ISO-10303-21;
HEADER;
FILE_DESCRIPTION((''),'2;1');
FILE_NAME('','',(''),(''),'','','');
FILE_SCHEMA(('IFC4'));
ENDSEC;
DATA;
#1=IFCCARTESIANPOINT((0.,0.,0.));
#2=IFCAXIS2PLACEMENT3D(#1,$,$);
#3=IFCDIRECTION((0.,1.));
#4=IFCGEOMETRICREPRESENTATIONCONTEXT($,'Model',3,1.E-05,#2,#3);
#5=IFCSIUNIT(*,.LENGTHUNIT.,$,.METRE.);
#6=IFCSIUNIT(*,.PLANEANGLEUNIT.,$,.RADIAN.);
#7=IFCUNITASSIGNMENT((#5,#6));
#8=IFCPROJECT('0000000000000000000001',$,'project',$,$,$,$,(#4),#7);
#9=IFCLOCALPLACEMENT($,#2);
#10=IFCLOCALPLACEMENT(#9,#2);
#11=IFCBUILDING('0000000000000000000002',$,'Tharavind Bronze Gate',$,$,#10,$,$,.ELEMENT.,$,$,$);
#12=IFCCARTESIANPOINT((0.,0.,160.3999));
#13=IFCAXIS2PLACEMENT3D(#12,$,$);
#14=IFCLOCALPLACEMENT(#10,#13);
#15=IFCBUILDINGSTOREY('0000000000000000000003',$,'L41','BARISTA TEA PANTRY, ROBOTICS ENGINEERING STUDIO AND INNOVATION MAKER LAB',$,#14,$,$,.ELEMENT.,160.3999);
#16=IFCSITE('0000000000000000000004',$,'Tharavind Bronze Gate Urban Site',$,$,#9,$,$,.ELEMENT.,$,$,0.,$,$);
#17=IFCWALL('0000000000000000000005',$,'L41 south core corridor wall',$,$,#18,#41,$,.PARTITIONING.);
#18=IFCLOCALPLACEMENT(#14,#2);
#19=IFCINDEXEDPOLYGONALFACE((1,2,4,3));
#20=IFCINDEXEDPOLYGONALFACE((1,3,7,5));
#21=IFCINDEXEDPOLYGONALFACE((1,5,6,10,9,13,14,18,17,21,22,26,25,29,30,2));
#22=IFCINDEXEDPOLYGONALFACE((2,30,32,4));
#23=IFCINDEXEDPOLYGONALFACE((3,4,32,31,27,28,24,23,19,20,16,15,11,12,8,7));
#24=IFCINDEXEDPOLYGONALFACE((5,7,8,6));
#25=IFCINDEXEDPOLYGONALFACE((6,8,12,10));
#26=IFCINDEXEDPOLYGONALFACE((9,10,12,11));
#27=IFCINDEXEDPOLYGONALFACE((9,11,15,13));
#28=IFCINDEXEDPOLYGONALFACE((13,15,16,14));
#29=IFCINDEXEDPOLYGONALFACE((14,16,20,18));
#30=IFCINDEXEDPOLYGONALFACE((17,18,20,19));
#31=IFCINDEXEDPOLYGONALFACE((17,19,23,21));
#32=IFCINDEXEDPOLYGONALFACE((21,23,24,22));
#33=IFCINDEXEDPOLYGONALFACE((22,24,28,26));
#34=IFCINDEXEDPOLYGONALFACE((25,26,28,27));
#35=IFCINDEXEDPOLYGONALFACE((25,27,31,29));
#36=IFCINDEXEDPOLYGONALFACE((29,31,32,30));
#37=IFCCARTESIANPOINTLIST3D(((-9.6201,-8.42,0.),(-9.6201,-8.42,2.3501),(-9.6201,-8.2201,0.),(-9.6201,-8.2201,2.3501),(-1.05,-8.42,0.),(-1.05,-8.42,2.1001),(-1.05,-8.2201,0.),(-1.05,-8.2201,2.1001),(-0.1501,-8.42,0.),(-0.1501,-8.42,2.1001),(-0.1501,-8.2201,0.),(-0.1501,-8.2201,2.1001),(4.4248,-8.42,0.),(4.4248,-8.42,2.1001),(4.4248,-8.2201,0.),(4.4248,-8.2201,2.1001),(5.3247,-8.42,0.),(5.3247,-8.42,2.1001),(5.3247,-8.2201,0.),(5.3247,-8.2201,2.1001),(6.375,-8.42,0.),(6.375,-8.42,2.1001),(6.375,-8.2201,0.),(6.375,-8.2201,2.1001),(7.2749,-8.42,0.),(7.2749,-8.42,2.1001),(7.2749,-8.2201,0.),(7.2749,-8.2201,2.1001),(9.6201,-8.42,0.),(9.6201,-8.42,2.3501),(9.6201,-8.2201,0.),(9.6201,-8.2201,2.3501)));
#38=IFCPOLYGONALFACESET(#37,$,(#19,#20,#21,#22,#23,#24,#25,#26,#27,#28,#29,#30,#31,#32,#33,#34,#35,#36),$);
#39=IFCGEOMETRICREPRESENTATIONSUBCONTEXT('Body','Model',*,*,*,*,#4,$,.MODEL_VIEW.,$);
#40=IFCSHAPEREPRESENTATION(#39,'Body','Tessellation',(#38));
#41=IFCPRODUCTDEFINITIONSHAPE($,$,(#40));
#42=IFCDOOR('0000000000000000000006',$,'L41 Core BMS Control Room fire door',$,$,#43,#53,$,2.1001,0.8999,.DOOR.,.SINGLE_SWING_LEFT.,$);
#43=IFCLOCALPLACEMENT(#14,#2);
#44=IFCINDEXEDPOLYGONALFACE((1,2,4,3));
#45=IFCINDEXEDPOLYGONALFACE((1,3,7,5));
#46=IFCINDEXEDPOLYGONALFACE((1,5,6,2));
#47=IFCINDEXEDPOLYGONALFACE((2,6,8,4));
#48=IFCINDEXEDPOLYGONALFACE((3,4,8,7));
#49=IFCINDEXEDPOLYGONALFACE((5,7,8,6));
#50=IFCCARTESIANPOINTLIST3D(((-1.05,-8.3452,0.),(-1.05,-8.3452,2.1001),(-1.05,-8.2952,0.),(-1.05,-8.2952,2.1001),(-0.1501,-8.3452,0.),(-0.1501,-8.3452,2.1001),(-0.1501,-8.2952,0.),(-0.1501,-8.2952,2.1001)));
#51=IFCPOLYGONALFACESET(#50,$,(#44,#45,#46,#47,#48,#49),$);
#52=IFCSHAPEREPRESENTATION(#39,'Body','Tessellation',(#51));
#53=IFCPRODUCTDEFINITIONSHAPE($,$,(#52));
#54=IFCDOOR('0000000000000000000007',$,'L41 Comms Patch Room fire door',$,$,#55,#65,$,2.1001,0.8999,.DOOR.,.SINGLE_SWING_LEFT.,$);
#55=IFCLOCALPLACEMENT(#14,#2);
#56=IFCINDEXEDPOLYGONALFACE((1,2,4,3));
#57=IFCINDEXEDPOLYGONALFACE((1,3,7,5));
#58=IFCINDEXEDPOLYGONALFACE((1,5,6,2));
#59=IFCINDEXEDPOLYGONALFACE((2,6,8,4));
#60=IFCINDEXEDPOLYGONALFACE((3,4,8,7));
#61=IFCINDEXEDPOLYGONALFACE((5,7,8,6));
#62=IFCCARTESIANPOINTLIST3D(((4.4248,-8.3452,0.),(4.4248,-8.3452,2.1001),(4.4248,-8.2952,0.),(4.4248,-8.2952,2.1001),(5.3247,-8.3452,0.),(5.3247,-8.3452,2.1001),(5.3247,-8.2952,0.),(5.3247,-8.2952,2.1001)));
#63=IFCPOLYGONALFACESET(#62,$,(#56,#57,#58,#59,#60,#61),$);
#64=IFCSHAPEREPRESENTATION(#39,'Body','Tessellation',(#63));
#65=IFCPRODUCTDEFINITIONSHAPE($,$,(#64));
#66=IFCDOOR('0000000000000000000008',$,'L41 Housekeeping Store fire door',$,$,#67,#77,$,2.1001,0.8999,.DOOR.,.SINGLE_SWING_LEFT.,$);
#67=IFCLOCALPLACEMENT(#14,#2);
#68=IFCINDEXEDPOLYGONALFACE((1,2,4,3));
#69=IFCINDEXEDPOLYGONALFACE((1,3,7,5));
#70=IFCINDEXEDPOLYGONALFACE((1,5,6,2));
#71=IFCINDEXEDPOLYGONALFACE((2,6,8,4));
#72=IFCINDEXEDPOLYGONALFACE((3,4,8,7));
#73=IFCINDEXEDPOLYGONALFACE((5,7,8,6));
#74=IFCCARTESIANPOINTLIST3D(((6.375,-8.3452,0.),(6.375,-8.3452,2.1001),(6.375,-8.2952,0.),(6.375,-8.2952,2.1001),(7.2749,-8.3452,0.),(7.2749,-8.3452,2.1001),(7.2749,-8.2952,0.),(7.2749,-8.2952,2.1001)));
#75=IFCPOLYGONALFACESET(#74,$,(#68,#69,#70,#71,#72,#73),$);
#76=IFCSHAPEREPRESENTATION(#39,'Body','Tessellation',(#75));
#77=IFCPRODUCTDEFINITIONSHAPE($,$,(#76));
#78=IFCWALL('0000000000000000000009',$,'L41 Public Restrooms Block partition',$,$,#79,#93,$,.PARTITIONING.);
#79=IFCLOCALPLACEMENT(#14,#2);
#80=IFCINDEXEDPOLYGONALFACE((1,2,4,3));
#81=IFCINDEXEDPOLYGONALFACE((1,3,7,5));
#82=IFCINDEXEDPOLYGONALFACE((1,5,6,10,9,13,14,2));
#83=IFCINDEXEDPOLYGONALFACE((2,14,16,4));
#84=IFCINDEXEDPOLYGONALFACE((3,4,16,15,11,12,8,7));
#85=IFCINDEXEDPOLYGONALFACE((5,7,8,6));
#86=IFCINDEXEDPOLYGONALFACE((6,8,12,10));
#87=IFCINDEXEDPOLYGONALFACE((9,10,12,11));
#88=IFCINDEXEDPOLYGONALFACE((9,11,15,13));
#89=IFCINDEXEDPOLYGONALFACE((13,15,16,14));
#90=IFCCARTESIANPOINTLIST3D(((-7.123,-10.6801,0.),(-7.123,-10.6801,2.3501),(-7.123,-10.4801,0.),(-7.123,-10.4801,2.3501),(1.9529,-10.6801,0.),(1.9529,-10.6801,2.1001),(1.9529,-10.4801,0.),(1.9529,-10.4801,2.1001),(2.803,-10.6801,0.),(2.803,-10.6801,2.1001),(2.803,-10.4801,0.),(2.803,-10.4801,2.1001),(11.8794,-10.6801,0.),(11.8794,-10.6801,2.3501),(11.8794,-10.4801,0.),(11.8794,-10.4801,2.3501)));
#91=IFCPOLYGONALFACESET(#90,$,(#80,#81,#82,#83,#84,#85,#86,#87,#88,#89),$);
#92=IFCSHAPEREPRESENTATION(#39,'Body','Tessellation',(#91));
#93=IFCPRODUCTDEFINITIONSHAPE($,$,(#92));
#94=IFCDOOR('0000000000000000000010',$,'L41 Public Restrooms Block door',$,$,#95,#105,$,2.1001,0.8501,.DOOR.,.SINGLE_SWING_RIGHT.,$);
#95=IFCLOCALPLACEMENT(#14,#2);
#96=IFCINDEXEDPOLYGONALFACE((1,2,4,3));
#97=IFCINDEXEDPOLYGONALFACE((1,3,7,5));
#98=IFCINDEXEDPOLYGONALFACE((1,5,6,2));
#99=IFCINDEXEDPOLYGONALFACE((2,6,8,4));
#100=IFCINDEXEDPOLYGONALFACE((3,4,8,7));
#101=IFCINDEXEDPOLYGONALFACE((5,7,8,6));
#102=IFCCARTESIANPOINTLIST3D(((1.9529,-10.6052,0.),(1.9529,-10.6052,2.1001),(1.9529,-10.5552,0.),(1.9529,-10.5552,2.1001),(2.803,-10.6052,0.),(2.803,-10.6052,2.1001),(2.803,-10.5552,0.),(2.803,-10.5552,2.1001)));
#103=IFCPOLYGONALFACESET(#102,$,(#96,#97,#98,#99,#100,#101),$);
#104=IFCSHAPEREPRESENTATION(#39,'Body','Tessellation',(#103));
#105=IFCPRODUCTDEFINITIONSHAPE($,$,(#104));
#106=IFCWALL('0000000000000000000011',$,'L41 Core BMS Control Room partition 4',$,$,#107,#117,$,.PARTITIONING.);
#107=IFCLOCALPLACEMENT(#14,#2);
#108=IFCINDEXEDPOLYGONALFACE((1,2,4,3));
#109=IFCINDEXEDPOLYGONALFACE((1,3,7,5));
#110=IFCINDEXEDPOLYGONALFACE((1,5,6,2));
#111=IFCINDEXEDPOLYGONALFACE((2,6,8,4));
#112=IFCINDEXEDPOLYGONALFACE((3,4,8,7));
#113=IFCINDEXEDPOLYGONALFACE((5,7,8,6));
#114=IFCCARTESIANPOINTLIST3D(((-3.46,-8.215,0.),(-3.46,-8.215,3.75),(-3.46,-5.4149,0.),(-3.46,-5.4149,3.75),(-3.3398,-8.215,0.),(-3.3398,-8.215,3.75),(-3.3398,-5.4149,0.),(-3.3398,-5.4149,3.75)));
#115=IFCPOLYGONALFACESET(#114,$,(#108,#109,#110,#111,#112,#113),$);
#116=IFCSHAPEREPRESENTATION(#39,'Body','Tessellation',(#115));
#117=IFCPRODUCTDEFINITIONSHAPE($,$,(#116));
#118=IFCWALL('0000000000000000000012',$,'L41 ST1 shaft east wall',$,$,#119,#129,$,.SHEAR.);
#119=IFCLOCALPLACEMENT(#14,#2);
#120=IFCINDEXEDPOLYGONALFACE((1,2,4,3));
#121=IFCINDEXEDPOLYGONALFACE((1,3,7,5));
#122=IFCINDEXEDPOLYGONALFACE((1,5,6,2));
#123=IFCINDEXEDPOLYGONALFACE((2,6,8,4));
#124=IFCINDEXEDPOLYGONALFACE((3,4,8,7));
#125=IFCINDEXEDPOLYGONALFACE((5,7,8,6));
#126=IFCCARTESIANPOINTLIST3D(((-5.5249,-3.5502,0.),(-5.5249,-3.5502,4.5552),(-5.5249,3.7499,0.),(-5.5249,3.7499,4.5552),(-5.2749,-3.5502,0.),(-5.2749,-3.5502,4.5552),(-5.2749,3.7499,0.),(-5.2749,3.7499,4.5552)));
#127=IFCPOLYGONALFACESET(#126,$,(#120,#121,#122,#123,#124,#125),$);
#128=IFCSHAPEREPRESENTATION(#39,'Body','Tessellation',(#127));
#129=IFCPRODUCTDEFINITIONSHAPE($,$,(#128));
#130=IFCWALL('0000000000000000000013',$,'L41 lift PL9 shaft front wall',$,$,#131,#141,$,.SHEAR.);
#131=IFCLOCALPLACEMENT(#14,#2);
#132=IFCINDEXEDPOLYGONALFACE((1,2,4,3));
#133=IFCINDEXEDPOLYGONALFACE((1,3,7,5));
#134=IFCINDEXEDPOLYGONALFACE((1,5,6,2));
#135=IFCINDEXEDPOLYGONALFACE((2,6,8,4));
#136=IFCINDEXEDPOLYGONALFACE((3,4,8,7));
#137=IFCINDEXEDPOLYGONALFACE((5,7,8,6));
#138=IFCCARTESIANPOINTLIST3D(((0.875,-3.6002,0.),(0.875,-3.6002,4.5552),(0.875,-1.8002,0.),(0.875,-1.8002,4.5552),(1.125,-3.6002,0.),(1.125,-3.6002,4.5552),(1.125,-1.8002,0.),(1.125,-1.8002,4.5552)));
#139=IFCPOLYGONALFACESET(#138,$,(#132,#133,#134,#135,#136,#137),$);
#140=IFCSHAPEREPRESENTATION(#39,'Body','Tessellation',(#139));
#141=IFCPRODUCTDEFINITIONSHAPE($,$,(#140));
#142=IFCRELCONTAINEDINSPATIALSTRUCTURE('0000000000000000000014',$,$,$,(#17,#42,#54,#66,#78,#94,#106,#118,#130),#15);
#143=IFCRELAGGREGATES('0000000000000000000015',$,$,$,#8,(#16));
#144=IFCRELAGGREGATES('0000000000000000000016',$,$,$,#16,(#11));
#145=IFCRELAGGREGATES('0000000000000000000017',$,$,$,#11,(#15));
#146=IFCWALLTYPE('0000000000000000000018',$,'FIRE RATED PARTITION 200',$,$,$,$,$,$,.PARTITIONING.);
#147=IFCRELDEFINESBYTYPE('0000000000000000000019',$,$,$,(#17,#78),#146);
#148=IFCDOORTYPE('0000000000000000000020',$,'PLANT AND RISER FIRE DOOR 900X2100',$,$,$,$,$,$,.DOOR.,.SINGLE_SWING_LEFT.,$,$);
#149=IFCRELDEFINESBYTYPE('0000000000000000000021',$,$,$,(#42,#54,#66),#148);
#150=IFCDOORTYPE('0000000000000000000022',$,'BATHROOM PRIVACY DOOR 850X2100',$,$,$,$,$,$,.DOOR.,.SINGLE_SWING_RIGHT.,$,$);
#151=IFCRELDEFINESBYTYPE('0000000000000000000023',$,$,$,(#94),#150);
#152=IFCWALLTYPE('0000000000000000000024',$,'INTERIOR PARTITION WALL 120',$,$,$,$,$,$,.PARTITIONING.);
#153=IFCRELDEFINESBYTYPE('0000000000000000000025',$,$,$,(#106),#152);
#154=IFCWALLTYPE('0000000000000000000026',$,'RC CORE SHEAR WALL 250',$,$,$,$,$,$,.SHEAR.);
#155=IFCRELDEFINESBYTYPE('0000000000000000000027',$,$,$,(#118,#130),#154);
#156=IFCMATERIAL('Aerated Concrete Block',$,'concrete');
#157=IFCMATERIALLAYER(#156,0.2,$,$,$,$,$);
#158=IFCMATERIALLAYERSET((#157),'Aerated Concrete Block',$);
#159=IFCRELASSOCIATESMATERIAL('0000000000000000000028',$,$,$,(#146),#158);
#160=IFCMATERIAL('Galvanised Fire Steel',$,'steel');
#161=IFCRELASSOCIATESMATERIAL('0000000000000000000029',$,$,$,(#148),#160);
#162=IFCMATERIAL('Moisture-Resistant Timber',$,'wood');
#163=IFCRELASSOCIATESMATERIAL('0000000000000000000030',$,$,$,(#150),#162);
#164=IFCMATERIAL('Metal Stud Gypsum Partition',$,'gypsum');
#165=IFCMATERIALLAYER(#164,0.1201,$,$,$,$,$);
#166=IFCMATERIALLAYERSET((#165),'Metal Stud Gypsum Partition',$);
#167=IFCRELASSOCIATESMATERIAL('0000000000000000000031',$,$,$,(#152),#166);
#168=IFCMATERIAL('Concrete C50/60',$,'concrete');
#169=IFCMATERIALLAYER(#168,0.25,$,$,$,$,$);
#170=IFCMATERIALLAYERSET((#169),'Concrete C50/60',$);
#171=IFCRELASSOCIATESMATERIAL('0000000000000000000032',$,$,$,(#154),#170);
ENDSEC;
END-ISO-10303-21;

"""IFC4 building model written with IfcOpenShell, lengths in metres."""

from ifc_helpers import new_model, si_unit, direction, frame, frame_2d, origin, place, context, subcontext, project, spatial, rectangle, extrude, material, layer, layer_set, type_object, element, fill, save


model = new_model("IFC4")

# Units and contexts
model_context = context("Model", 3, precision=1e-05, world=origin(), true_north=direction((0.0, 1.0)))
body_context = subcontext(model_context, "Body", "Model", "MODEL_VIEW")
ifc_project = project(units=[si_unit("LENGTHUNIT", "METRE"), si_unit("PLANEANGLEUNIT", "RADIAN")], contexts=[model_context])

# Site, building, storey
site_placement = place(None, origin())
site = spatial("IfcSite", under=ifc_project, at=site_placement, Name="Tharavind Bronze Gate Urban Site", CompositionType="ELEMENT", RefElevation=0.0)
building_placement = place(site_placement, origin())
building = spatial("IfcBuilding", under=site, at=building_placement, Name="Tharavind Bronze Gate", CompositionType="ELEMENT")
storey_placement = place(building_placement, frame((0.0, 0.0, 160.3999)))
storey = spatial("IfcBuildingStorey", under=building, at=storey_placement, Name="L41", Description="BARISTA TEA PANTRY, ROBOTICS ENGINEERING STUDIO AND INNOVATION MAKER LAB", CompositionType="ELEMENT", Elevation=160.3999)

# Wall, openings, doors
ifc_material_1 = material(Name="Aerated Concrete Block", Category="concrete")
ifc_layer_1 = layer(ifc_material_1, 0.2)
ifc_layer_set_1 = layer_set([ifc_layer_1], Name="Aerated Concrete Block")
wall_type_1 = type_object("IfcWallType", Name="FIRE RATED PARTITION 200", PredefinedType="PARTITIONING", material=ifc_layer_set_1)
wall_1_placement = place(storey_placement, frame((-9.6201, -8.3201, 0.0), z_axis=(0.0, 0.0, 1.0), x_axis=(1.0, 0.0, 0.0)))
wall_1 = element("IfcWall", 1, at=wall_1_placement, inside=storey, type_object=wall_type_1, Name="L41 south core corridor wall", PredefinedType="PARTITIONING", context=body_context, shape_type="SweptSolid", body=[
    extrude(rectangle(XDim=19.2402, YDim=0.2, at=frame_2d((9.6201, 0.0))), origin(), (0.0, 0.0, 1.0), 2.3501),
])
opening_1_placement = place(wall_1_placement, frame((8.5701, 0.0, 0.0)))
opening_1 = element("IfcOpeningElement", 2, at=opening_1_placement, cuts=wall_1, PredefinedType="OPENING", context=body_context, shape_type="SweptSolid", body=[
    extrude(rectangle(XDim=0.8999, YDim=2.1001, at=frame_2d((0.45, 1.05))), frame((0.0, 0.1101, 0.0), z_axis=(0.0, -1.0, 0.0), x_axis=(1.0, 0.0, 0.0)), (0.0, 0.0, 1.0), 0.22),
])
opening_2_placement = place(wall_1_placement, frame((14.0449, 0.0, 0.0)))
opening_2 = element("IfcOpeningElement", 3, at=opening_2_placement, cuts=wall_1, PredefinedType="OPENING", context=body_context, shape_type="SweptSolid", body=[
    extrude(rectangle(XDim=0.8999, YDim=2.1001, at=frame_2d((0.45, 1.05))), frame((0.0, 0.1101, 0.0), z_axis=(0.0, -1.0, 0.0), x_axis=(1.0, 0.0, 0.0)), (0.0, 0.0, 1.0), 0.22),
])
opening_3_placement = place(wall_1_placement, frame((15.9951, 0.0, 0.0)))
opening_3 = element("IfcOpeningElement", 4, at=opening_3_placement, cuts=wall_1, PredefinedType="OPENING", context=body_context, shape_type="SweptSolid", body=[
    extrude(rectangle(XDim=0.8999, YDim=2.1001, at=frame_2d((0.45, 1.05))), frame((0.0, 0.1101, 0.0), z_axis=(0.0, -1.0, 0.0), x_axis=(1.0, 0.0, 0.0)), (0.0, 0.0, 1.0), 0.22),
])
ifc_material_2 = material(Name="Galvanised Fire Steel", Category="steel")
door_type_1 = type_object("IfcDoorType", Name="PLANT AND RISER FIRE DOOR 900X2100", OperationType="SINGLE_SWING_LEFT", PredefinedType="DOOR", material=ifc_material_2)
door_1_placement = place(opening_1_placement, origin())
door_1 = element("IfcDoor", 5, at=door_1_placement, inside=storey, type_object=door_type_1, Name="L41 Core BMS Control Room fire door", OperationType="SINGLE_SWING_LEFT", OverallHeight=2.1001, OverallWidth=0.8999, PredefinedType="DOOR", context=body_context, shape_type="SweptSolid", body=[
    extrude(rectangle(XDim=0.8999, YDim=2.1001, at=frame_2d((0.45, 1.05))), frame((0.0, 0.0249, 0.0), z_axis=(0.0, -1.0, 0.0), x_axis=(1.0, 0.0, 0.0)), (0.0, 0.0, 1.0), 0.05),
])
fill(opening_1, door_1)
door_2_placement = place(opening_2_placement, origin())
door_2 = element("IfcDoor", 6, at=door_2_placement, inside=storey, type_object=door_type_1, Name="L41 Comms Patch Room fire door", OperationType="SINGLE_SWING_LEFT", OverallHeight=2.1001, OverallWidth=0.8999, PredefinedType="DOOR", context=body_context, shape_type="SweptSolid", body=[
    extrude(rectangle(XDim=0.8999, YDim=2.1001, at=frame_2d((0.45, 1.05))), frame((0.0, 0.0249, 0.0), z_axis=(0.0, -1.0, 0.0), x_axis=(1.0, 0.0, 0.0)), (0.0, 0.0, 1.0), 0.05),
])
fill(opening_2, door_2)
door_3_placement = place(opening_3_placement, origin())
door_3 = element("IfcDoor", 7, at=door_3_placement, inside=storey, type_object=door_type_1, Name="L41 Housekeeping Store fire door", OperationType="SINGLE_SWING_LEFT", OverallHeight=2.1001, OverallWidth=0.8999, PredefinedType="DOOR", context=body_context, shape_type="SweptSolid", body=[
    extrude(rectangle(XDim=0.8999, YDim=2.1001, at=frame_2d((0.45, 1.05))), frame((0.0, 0.0249, 0.0), z_axis=(0.0, -1.0, 0.0), x_axis=(1.0, 0.0, 0.0)), (0.0, 0.0, 1.0), 0.05),
])
fill(opening_3, door_3)

# Wall, opening, door
wall_2_placement = place(storey_placement, frame((-7.123, -10.5801, 0.0), z_axis=(0.0, 0.0, 1.0), x_axis=(1.0, 0.0, 0.0)))
wall_2 = element("IfcWall", 8, at=wall_2_placement, inside=storey, type_object=wall_type_1, Name="L41 Public Restrooms Block partition", PredefinedType="PARTITIONING", context=body_context, shape_type="SweptSolid", body=[
    extrude(rectangle(XDim=19.0024, YDim=0.2, at=frame_2d((9.5012, 0.0))), origin(), (0.0, 0.0, 1.0), 2.3501),
])
opening_4_placement = place(wall_2_placement, frame((9.0759, 0.0, 0.0)))
opening_4 = element("IfcOpeningElement", 9, at=opening_4_placement, cuts=wall_2, PredefinedType="OPENING", context=body_context, shape_type="SweptSolid", body=[
    extrude(rectangle(XDim=0.8501, YDim=2.1001, at=frame_2d((0.425, 1.05))), frame((0.0, 0.1101, 0.0), z_axis=(0.0, -1.0, 0.0), x_axis=(1.0, 0.0, 0.0)), (0.0, 0.0, 1.0), 0.22),
])
ifc_material_3 = material(Name="Moisture-Resistant Timber", Category="wood")
door_type_2 = type_object("IfcDoorType", Name="BATHROOM PRIVACY DOOR 850X2100", OperationType="SINGLE_SWING_RIGHT", PredefinedType="DOOR", material=ifc_material_3)
door_4_placement = place(opening_4_placement, origin())
door_4 = element("IfcDoor", 10, at=door_4_placement, inside=storey, type_object=door_type_2, Name="L41 Public Restrooms Block door", OperationType="SINGLE_SWING_RIGHT", OverallHeight=2.1001, OverallWidth=0.8501, PredefinedType="DOOR", context=body_context, shape_type="SweptSolid", body=[
    extrude(rectangle(XDim=0.8501, YDim=2.1001, at=frame_2d((0.425, 1.05))), frame((0.0, 0.0249, 0.0), z_axis=(0.0, -1.0, 0.0), x_axis=(1.0, 0.0, 0.0)), (0.0, 0.0, 1.0), 0.05),
])
fill(opening_4, door_4)

# Walls
ifc_material_4 = material(Name="Metal Stud Gypsum Partition", Category="gypsum")
ifc_layer_2 = layer(ifc_material_4, 0.1201)
ifc_layer_set_2 = layer_set([ifc_layer_2], Name="Metal Stud Gypsum Partition")
wall_type_2 = type_object("IfcWallType", Name="INTERIOR PARTITION WALL 120", PredefinedType="PARTITIONING", material=ifc_layer_set_2)
wall_3_placement = place(storey_placement, frame((-3.3999, -5.415, 0.0), z_axis=(0.0, 0.0, 1.0), x_axis=(0.0, -1.0, 0.0)))
element("IfcWall", 11, at=wall_3_placement, inside=storey, type_object=wall_type_2, Name="L41 Core BMS Control Room partition 4", PredefinedType="PARTITIONING", context=body_context, shape_type="SweptSolid", body=[
    extrude(rectangle(XDim=2.8, YDim=0.1201, at=frame_2d((1.3999, 0.0))), origin(), (0.0, 0.0, 1.0), 3.75),
])
ifc_material_5 = material(Name="Concrete C50/60", Category="concrete")
ifc_layer_3 = layer(ifc_material_5, 0.25)
ifc_layer_set_3 = layer_set([ifc_layer_3], Name="Concrete C50/60")
wall_type_3 = type_object("IfcWallType", Name="RC CORE SHEAR WALL 250", PredefinedType="SHEAR", material=ifc_layer_set_3)
wall_4_placement = place(storey_placement, frame((-5.3999, -3.55, 0.0), z_axis=(0.0, 0.0, 1.0), x_axis=(0.0, 1.0, 0.0)))
element("IfcWall", 12, at=wall_4_placement, inside=storey, type_object=wall_type_3, Name="L41 ST1 shaft east wall", PredefinedType="SHEAR", context=body_context, shape_type="SweptSolid", body=[
    extrude(rectangle(XDim=7.3, YDim=0.25, at=frame_2d((3.6499, 0.0))), origin(), (0.0, 0.0, 1.0), 4.5552),
])

# Wall
wall_5_placement = place(storey_placement, frame((1.0, -3.6001, 0.0), z_axis=(0.0, 0.0, 1.0), x_axis=(0.0, 1.0, 0.0)))
element("IfcWall", 13, at=wall_5_placement, inside=storey, type_object=wall_type_3, Name="L41 lift PL9 shaft front wall", PredefinedType="SHEAR", context=body_context, shape_type="SweptSolid", body=[
    extrude(rectangle(XDim=1.8, YDim=0.25, at=frame_2d((0.8999, 0.0))), origin(), (0.0, 0.0, 1.0), 4.5552),
])

save(model, "model.ifc")
